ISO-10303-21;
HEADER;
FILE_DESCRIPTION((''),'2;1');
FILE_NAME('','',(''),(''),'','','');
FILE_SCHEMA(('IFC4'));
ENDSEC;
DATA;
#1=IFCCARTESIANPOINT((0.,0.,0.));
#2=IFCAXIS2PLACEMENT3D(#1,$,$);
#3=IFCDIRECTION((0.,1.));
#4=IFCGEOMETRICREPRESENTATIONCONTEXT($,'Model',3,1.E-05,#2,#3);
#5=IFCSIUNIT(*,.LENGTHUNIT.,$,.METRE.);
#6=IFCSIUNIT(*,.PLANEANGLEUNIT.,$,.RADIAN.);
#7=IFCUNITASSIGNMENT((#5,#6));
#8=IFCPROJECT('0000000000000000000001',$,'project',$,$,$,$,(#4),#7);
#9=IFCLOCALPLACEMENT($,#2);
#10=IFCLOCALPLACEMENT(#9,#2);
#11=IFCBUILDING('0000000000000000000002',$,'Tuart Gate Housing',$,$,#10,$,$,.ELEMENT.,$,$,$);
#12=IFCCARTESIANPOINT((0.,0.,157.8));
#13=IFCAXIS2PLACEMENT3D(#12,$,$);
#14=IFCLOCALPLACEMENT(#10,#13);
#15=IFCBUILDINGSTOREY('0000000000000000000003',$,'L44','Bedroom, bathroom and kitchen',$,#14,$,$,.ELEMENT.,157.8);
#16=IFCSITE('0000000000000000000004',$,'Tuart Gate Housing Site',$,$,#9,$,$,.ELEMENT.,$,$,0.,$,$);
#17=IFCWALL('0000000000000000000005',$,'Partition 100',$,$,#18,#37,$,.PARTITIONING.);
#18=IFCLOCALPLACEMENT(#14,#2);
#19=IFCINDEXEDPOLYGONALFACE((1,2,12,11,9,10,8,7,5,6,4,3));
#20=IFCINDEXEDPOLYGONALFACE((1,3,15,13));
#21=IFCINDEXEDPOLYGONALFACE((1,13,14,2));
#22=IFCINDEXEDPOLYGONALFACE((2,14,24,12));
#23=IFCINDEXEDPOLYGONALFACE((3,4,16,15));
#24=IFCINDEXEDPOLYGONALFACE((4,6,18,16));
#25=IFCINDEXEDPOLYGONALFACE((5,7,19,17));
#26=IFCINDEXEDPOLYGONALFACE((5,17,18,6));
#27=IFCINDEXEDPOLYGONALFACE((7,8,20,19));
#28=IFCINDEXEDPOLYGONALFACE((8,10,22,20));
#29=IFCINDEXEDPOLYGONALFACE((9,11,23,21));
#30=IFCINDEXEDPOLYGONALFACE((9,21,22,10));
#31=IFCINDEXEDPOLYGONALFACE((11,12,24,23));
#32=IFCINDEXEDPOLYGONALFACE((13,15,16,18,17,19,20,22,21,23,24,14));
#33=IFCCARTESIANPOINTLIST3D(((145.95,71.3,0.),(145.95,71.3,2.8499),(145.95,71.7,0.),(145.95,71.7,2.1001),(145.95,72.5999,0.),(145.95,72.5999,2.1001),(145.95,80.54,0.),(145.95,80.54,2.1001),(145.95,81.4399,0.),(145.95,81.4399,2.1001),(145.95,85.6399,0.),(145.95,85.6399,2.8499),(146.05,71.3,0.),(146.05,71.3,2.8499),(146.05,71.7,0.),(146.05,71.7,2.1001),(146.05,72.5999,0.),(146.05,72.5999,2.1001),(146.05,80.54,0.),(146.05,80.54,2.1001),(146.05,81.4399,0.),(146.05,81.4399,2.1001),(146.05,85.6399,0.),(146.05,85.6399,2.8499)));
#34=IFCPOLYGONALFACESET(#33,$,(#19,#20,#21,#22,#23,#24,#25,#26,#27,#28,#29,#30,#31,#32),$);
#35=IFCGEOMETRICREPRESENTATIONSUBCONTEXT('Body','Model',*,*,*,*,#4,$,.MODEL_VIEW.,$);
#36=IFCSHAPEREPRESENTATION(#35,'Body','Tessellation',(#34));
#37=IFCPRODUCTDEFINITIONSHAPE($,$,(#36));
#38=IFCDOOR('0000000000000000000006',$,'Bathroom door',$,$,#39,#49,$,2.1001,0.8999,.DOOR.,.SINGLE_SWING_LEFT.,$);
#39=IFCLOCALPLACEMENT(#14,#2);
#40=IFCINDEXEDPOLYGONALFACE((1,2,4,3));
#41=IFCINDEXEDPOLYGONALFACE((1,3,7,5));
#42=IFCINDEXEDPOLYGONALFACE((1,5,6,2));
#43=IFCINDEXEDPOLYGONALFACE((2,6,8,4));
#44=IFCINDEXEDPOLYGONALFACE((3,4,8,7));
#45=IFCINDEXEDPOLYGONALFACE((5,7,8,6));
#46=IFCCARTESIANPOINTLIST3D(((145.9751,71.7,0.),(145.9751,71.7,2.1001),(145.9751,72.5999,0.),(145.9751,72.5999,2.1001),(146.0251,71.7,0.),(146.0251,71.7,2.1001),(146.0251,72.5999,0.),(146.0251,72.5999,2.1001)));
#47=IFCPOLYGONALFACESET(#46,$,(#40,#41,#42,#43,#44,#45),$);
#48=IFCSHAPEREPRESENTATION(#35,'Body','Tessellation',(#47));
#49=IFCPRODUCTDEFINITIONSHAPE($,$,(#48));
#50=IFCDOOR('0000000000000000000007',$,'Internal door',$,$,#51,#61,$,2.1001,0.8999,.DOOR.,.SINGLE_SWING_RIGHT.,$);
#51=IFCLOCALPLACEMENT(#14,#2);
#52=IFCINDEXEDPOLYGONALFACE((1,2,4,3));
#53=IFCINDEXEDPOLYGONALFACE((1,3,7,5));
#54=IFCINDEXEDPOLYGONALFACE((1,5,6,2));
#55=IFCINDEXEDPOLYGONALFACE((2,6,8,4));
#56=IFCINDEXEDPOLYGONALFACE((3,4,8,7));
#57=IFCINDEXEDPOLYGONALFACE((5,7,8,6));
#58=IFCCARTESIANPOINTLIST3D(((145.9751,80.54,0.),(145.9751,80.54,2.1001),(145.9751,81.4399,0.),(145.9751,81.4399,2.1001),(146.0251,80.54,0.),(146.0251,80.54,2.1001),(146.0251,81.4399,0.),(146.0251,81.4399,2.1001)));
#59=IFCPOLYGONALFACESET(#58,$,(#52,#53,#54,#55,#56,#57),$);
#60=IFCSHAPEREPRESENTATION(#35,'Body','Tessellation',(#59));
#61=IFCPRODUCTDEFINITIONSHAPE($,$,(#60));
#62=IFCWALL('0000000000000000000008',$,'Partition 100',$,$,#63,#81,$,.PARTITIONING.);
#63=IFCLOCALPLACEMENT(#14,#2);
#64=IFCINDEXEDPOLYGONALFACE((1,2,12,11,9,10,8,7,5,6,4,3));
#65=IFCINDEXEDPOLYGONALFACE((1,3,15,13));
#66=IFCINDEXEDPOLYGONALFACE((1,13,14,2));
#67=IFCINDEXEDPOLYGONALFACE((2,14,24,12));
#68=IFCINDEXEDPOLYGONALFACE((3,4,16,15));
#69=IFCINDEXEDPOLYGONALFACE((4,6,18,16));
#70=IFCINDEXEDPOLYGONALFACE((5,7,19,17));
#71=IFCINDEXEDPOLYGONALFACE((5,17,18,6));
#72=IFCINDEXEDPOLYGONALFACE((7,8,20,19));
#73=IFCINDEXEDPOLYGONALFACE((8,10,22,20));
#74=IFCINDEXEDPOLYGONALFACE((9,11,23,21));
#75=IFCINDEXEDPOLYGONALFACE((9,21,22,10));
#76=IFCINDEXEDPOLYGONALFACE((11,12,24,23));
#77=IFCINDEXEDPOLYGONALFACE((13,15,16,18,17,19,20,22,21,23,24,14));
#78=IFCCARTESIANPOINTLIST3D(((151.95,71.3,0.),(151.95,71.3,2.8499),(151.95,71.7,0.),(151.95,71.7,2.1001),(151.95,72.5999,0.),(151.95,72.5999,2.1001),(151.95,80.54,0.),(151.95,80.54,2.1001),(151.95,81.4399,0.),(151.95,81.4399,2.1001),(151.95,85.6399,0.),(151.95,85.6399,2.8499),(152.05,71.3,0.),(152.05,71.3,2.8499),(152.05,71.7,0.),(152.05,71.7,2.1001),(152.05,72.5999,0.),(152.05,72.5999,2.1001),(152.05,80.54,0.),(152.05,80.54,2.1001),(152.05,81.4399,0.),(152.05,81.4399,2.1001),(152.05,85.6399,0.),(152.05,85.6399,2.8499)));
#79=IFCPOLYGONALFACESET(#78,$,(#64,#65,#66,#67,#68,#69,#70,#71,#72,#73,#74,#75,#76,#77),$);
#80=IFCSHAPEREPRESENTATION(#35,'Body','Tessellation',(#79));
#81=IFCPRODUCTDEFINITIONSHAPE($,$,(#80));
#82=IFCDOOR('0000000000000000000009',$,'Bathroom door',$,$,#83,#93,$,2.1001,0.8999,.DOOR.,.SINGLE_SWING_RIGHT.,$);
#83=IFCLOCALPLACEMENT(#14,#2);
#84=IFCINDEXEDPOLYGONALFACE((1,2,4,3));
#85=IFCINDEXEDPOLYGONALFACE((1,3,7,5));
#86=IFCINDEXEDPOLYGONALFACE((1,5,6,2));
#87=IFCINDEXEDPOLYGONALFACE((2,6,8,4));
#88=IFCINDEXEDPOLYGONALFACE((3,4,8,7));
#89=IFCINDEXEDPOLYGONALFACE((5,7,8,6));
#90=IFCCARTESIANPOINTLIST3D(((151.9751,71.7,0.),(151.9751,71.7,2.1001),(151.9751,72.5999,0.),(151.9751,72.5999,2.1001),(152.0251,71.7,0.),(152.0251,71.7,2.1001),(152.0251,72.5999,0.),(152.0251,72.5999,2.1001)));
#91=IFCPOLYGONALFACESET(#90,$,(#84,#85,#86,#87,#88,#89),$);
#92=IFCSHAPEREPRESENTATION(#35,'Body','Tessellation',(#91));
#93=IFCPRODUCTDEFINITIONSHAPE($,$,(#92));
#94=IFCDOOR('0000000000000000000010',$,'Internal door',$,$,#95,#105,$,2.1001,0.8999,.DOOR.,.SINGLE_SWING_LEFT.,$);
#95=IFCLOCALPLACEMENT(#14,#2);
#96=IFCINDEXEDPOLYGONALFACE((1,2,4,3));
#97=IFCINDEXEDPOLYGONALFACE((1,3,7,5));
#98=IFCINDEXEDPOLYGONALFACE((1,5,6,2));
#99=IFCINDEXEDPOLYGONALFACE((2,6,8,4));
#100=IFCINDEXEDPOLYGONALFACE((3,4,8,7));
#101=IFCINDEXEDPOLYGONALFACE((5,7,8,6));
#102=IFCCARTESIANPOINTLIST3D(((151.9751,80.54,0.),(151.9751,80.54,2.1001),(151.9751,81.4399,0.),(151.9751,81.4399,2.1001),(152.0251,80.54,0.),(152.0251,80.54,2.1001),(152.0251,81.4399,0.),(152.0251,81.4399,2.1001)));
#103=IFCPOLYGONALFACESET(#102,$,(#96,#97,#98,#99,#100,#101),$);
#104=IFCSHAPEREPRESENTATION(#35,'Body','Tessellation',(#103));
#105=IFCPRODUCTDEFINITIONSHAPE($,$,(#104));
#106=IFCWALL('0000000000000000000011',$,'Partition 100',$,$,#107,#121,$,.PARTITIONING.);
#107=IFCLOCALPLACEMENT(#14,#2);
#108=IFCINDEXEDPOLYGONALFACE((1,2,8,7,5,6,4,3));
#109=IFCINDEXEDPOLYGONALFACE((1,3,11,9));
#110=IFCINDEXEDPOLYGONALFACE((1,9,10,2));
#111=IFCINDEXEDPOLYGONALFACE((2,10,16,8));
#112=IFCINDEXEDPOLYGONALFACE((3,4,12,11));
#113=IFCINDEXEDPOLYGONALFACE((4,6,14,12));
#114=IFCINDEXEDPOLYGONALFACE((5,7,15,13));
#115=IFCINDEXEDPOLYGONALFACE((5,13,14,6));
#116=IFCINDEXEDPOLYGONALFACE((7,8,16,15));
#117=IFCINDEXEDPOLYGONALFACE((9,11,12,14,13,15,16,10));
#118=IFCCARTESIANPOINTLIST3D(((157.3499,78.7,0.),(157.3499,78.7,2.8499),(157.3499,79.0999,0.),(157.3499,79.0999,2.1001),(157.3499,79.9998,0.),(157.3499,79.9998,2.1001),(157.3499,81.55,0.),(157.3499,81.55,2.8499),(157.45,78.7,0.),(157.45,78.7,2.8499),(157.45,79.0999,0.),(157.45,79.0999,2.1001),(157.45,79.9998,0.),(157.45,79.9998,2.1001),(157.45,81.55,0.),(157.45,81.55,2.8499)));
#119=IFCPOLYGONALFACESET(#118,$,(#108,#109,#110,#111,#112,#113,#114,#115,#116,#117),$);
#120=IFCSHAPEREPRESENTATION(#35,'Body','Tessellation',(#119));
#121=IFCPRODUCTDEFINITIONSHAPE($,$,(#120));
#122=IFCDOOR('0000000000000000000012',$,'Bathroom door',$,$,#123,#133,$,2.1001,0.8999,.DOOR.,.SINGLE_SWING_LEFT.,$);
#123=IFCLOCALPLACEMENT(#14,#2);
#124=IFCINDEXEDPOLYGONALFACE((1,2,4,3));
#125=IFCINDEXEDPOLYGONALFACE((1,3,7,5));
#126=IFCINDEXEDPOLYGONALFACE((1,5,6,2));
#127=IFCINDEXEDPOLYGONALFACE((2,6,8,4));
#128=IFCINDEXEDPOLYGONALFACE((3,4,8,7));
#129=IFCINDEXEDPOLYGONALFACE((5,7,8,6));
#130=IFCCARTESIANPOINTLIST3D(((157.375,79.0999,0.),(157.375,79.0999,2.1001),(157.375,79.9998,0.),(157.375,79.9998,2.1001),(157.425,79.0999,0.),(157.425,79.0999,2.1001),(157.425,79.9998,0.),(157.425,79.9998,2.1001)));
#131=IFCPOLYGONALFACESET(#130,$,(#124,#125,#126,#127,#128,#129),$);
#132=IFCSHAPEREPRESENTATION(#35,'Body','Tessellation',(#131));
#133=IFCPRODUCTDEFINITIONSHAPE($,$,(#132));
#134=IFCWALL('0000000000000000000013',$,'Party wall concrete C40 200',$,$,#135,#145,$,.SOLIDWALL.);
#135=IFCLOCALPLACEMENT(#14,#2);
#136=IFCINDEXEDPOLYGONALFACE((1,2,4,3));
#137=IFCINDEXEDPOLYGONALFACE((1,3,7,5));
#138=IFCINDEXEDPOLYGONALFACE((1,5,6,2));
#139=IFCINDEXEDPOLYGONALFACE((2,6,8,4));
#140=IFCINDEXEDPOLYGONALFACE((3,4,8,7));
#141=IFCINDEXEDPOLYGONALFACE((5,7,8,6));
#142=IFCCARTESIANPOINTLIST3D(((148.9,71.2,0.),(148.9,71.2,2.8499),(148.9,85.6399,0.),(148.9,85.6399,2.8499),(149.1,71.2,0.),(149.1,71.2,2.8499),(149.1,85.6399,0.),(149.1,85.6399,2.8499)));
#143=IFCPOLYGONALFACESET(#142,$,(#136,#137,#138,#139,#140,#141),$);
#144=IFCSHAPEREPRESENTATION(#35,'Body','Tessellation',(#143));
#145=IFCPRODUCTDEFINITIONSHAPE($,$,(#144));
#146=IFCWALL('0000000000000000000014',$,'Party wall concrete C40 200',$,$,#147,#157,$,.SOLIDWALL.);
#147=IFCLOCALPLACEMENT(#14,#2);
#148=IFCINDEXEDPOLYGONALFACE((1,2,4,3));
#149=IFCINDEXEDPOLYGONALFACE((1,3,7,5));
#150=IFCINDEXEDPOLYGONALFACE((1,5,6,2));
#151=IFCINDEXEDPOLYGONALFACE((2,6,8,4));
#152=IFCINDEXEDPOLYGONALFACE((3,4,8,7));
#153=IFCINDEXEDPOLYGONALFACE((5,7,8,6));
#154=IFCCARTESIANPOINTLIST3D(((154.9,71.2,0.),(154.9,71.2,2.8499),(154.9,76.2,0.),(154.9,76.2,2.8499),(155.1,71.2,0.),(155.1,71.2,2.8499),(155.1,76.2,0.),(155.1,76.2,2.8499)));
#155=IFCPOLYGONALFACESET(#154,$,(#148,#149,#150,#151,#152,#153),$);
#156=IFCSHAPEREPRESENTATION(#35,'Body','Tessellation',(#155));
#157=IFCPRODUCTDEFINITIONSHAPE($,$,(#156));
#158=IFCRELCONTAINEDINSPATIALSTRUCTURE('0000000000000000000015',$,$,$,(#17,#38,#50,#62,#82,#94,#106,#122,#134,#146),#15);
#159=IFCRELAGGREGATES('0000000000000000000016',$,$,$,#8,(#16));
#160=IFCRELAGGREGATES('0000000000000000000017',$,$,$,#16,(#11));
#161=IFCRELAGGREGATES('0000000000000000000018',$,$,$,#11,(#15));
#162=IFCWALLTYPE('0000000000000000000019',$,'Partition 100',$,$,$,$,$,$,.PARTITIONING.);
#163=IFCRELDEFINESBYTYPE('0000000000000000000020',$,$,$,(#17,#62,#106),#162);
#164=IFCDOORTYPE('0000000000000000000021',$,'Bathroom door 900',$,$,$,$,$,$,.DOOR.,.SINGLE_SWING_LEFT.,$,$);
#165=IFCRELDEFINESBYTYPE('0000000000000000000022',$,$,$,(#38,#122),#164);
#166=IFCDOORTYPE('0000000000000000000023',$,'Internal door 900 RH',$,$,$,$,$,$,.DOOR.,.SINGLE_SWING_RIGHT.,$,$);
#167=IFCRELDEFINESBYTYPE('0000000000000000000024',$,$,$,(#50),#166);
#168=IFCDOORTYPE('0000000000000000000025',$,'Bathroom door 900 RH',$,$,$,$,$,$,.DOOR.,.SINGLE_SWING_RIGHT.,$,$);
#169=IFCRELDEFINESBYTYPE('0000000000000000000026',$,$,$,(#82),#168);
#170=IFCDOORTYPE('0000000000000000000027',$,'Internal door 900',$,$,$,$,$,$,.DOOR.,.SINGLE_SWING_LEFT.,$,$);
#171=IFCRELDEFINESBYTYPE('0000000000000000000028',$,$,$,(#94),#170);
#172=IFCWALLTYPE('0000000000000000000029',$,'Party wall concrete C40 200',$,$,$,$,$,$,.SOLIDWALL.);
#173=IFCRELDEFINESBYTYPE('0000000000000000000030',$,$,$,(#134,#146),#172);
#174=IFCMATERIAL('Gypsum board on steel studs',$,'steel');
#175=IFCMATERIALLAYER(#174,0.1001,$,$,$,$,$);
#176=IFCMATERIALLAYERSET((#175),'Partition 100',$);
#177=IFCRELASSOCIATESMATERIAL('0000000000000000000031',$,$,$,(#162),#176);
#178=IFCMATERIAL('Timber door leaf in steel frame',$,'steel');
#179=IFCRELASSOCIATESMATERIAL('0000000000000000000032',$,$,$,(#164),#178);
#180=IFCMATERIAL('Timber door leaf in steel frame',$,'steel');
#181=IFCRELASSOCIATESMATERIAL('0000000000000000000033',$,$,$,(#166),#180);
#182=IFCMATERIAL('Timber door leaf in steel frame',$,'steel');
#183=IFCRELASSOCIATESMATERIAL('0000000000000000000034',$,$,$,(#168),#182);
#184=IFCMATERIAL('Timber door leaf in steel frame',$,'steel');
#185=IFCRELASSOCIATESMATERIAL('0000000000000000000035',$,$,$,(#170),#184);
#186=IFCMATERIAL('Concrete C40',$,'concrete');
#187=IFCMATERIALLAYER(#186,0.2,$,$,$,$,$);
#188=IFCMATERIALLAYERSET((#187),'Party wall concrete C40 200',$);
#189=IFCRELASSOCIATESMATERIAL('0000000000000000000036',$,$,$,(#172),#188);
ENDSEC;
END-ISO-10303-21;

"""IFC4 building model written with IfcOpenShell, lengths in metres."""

from ifc_helpers import new_model, si_unit, direction, frame, frame_2d, origin, place, context, subcontext, project, spatial, rectangle, extrude, material, layer, layer_set, type_object, element, fill, save


model = new_model("IFC4")

# Units and contexts
model_context = context("Model", 3, precision=1e-05, world=origin(), true_north=direction((0.0, 1.0)))
body_context = subcontext(model_context, "Body", "Model", "MODEL_VIEW")
ifc_project = project(units=[si_unit("LENGTHUNIT", "METRE"), si_unit("PLANEANGLEUNIT", "RADIAN")], contexts=[model_context])

# Site, building, storey
site_placement = place(None, origin())
site = spatial("IfcSite", under=ifc_project, at=site_placement, Name="Tuart Gate Housing Site", CompositionType="ELEMENT", RefElevation=0.0)
building_placement = place(site_placement, origin())
building = spatial("IfcBuilding", under=site, at=building_placement, Name="Tuart Gate Housing", CompositionType="ELEMENT")
storey_placement = place(building_placement, frame((0.0, 0.0, 157.8)))
storey = spatial("IfcBuildingStorey", under=building, at=storey_placement, Name="L44", Description="Bedroom, bathroom and kitchen", CompositionType="ELEMENT", Elevation=157.8)

# Shared definitions
ifc_material_1 = material(Name="Gypsum board on steel studs", Category="steel")
ifc_layer_1 = layer(ifc_material_1, 0.1001)
ifc_layer_set_1 = layer_set([ifc_layer_1], Name="Partition 100")
wall_type_1 = type_object("IfcWallType", Name="Partition 100", PredefinedType="PARTITIONING", material=ifc_layer_set_1)

# Walls, openings, doors
wall_1_placement = place(storey_placement, frame((146.0, 71.3, 0.0), z_axis=(0.0, 0.0, 1.0), x_axis=(0.0, 1.0, 0.0)))
wall_1 = element("IfcWall", 1, at=wall_1_placement, inside=storey, type_object=wall_type_1, Name="Partition 100", PredefinedType="PARTITIONING", context=body_context, shape_type="SweptSolid", body=[
    extrude(rectangle(XDim=14.3398, YDim=0.1001, at=frame_2d((7.1699, 0.0))), origin(), (0.0, 0.0, 1.0), 2.8499),
])
opening_1_placement = place(wall_1_placement, frame((9.24, 0.0, 0.0)))
opening_1 = element("IfcOpeningElement", 2, at=opening_1_placement, cuts=wall_1, PredefinedType="OPENING", context=body_context, shape_type="SweptSolid", body=[
    extrude(rectangle(XDim=0.8999, YDim=2.1001, at=frame_2d((0.45, 1.05))), frame((0.0, 0.0601, 0.0), z_axis=(0.0, -1.0, 0.0), x_axis=(1.0, 0.0, 0.0)), (0.0, 0.0, 1.0), 0.1201),
])
opening_2_placement = place(wall_1_placement, frame((0.3999, 0.0, 0.0)))
opening_2 = element("IfcOpeningElement", 3, at=opening_2_placement, cuts=wall_1, PredefinedType="OPENING", context=body_context, shape_type="SweptSolid", body=[
    extrude(rectangle(XDim=0.8999, YDim=2.1001, at=frame_2d((0.45, 1.05))), frame((0.0, 0.0601, 0.0), z_axis=(0.0, -1.0, 0.0), x_axis=(1.0, 0.0, 0.0)), (0.0, 0.0, 1.0), 0.1201),
])
ifc_material_2 = material(Name="Timber door leaf in steel frame", Category="steel")
door_type_1 = type_object("IfcDoorType", Name="Bathroom door 900", OperationType="SINGLE_SWING_LEFT", PredefinedType="DOOR", material=ifc_material_2)
door_1_placement = place(opening_2_placement, origin())
door_1 = element("IfcDoor", 4, at=door_1_placement, inside=storey, type_object=door_type_1, Name="Bathroom door", OperationType="SINGLE_SWING_LEFT", OverallHeight=2.1001, OverallWidth=0.8999, PredefinedType="DOOR", context=body_context, shape_type="SweptSolid", body=[
    extrude(rectangle(XDim=0.8999, YDim=2.1001, at=frame_2d((0.45, 1.05))), frame((0.0, 0.0249, 0.0), z_axis=(0.0, -1.0, 0.0), x_axis=(1.0, 0.0, 0.0)), (0.0, 0.0, 1.0), 0.05),
])
fill(opening_2, door_1)
ifc_material_3 = material(Name="Timber door leaf in steel frame", Category="steel")
door_type_2 = type_object("IfcDoorType", Name="Internal door 900 RH", OperationType="SINGLE_SWING_RIGHT", PredefinedType="DOOR", material=ifc_material_3)
door_2_placement = place(opening_1_placement, origin())
door_2 = element("IfcDoor", 5, at=door_2_placement, inside=storey, type_object=door_type_2, Name="Internal door", OperationType="SINGLE_SWING_RIGHT", OverallHeight=2.1001, OverallWidth=0.8999, PredefinedType="DOOR", context=body_context, shape_type="SweptSolid", body=[
    extrude(rectangle(XDim=0.8999, YDim=2.1001, at=frame_2d((0.45, 1.05))), frame((0.0, 0.0249, 0.0), z_axis=(0.0, -1.0, 0.0), x_axis=(1.0, 0.0, 0.0)), (0.0, 0.0, 1.0), 0.05),
])
fill(opening_1, door_2)
wall_2_placement = place(storey_placement, frame((152.0, 71.3, 0.0), z_axis=(0.0, 0.0, 1.0), x_axis=(0.0, 1.0, 0.0)))
wall_2 = element("IfcWall", 6, at=wall_2_placement, inside=storey, type_object=wall_type_1, Name="Partition 100", PredefinedType="PARTITIONING", context=body_context, shape_type="SweptSolid", body=[
    extrude(rectangle(XDim=14.3398, YDim=0.1001, at=frame_2d((7.1699, 0.0))), origin(), (0.0, 0.0, 1.0), 2.8499),
])
opening_3_placement = place(wall_2_placement, frame((9.24, 0.0, 0.0)))
opening_3 = element("IfcOpeningElement", 7, at=opening_3_placement, cuts=wall_2, PredefinedType="OPENING", context=body_context, shape_type="SweptSolid", body=[
    extrude(rectangle(XDim=0.8999, YDim=2.1001, at=frame_2d((0.45, 1.05))), frame((0.0, 0.0601, 0.0), z_axis=(0.0, -1.0, 0.0), x_axis=(1.0, 0.0, 0.0)), (0.0, 0.0, 1.0), 0.1201),
])
opening_4_placement = place(wall_2_placement, frame((0.3999, 0.0, 0.0)))
opening_4 = element("IfcOpeningElement", 8, at=opening_4_placement, cuts=wall_2, PredefinedType="OPENING", context=body_context, shape_type="SweptSolid", body=[
    extrude(rectangle(XDim=0.8999, YDim=2.1001, at=frame_2d((0.45, 1.05))), frame((0.0, 0.0601, 0.0), z_axis=(0.0, -1.0, 0.0), x_axis=(1.0, 0.0, 0.0)), (0.0, 0.0, 1.0), 0.1201),
])
ifc_material_4 = material(Name="Timber door leaf in steel frame", Category="steel")
door_type_3 = type_object("IfcDoorType", Name="Bathroom door 900 RH", OperationType="SINGLE_SWING_RIGHT", PredefinedType="DOOR", material=ifc_material_4)
door_3_placement = place(opening_4_placement, frame((0.8999, 0.0, 0.0), z_axis=(0.0, 0.0, 1.0), x_axis=(-1.0, 0.0, 0.0)))
door_3 = element("IfcDoor", 9, at=door_3_placement, inside=storey, type_object=door_type_3, Name="Bathroom door", OperationType="SINGLE_SWING_RIGHT", OverallHeight=2.1001, OverallWidth=0.8999, PredefinedType="DOOR", context=body_context, shape_type="SweptSolid", body=[
    extrude(rectangle(XDim=0.8999, YDim=2.1001, at=frame_2d((0.45, 1.05))), frame((0.0, 0.0251, 0.0), z_axis=(0.0, -1.0, 0.0), x_axis=(1.0, 0.0, 0.0)), (0.0, 0.0, 1.0), 0.05),
])
fill(opening_4, door_3)
ifc_material_5 = material(Name="Timber door leaf in steel frame", Category="steel")
door_type_4 = type_object("IfcDoorType", Name="Internal door 900", OperationType="SINGLE_SWING_LEFT", PredefinedType="DOOR", material=ifc_material_5)
door_4_placement = place(opening_3_placement, frame((0.8999, 0.0, 0.0), z_axis=(0.0, 0.0, 1.0), x_axis=(-1.0, 0.0, 0.0)))
door_4 = element("IfcDoor", 10, at=door_4_placement, inside=storey, type_object=door_type_4, Name="Internal door", OperationType="SINGLE_SWING_LEFT", OverallHeight=2.1001, OverallWidth=0.8999, PredefinedType="DOOR", context=body_context, shape_type="SweptSolid", body=[
    extrude(rectangle(XDim=0.8999, YDim=2.1001, at=frame_2d((0.45, 1.05))), frame((0.0, 0.0251, 0.0), z_axis=(0.0, -1.0, 0.0), x_axis=(1.0, 0.0, 0.0)), (0.0, 0.0, 1.0), 0.05),
])
fill(opening_3, door_4)

# Wall, opening, door
wall_3_placement = place(storey_placement, frame((157.3999, 78.7, 0.0), z_axis=(0.0, 0.0, 1.0), x_axis=(0.0, 1.0, 0.0)))
wall_3 = element("IfcWall", 11, at=wall_3_placement, inside=storey, type_object=wall_type_1, Name="Partition 100", PredefinedType="PARTITIONING", context=body_context, shape_type="SweptSolid", body=[
    extrude(rectangle(XDim=2.8501, YDim=0.1001, at=frame_2d((1.425, 0.0))), origin(), (0.0, 0.0, 1.0), 2.8499),
])
opening_5_placement = place(wall_3_placement, frame((0.3999, 0.0, 0.0)))
opening_5 = element("IfcOpeningElement", 12, at=opening_5_placement, cuts=wall_3, PredefinedType="OPENING", context=body_context, shape_type="SweptSolid", body=[
    extrude(rectangle(XDim=0.8999, YDim=2.1001, at=frame_2d((0.45, 1.05))), frame((0.0, 0.0601, 0.0), z_axis=(0.0, -1.0, 0.0), x_axis=(1.0, 0.0, 0.0)), (0.0, 0.0, 1.0), 0.1201),
])
door_5_placement = place(opening_5_placement, origin())
door_5 = element("IfcDoor", 13, at=door_5_placement, inside=storey, type_object=door_type_1, Name="Bathroom door", OperationType="SINGLE_SWING_LEFT", OverallHeight=2.1001, OverallWidth=0.8999, PredefinedType="DOOR", context=body_context, shape_type="SweptSolid", body=[
    extrude(rectangle(XDim=0.8999, YDim=2.1001, at=frame_2d((0.45, 1.05))), frame((0.0, 0.0249, 0.0), z_axis=(0.0, -1.0, 0.0), x_axis=(1.0, 0.0, 0.0)), (0.0, 0.0, 1.0), 0.05),
])
fill(opening_5, door_5)

# Walls
ifc_material_6 = material(Name="Concrete C40", Category="concrete")
ifc_layer_2 = layer(ifc_material_6, 0.2)
ifc_layer_set_2 = layer_set([ifc_layer_2], Name="Party wall concrete C40 200")
wall_type_2 = type_object("IfcWallType", Name="Party wall concrete C40 200", PredefinedType="SOLIDWALL", material=ifc_layer_set_2)
wall_4_placement = place(storey_placement, frame((149.0, 71.2, 0.0), z_axis=(0.0, 0.0, 1.0), x_axis=(0.0, 1.0, 0.0)))
element("IfcWall", 14, at=wall_4_placement, inside=storey, type_object=wall_type_2, Name="Party wall concrete C40 200", PredefinedType="SOLIDWALL", context=body_context, shape_type="SweptSolid", body=[
    extrude(rectangle(XDim=14.4399, YDim=0.2, at=frame_2d((7.22, 0.0))), origin(), (0.0, 0.0, 1.0), 2.8499),
])
wall_5_placement = place(storey_placement, frame((155.0, 71.2, 0.0), z_axis=(0.0, 0.0, 1.0), x_axis=(0.0, 1.0, 0.0)))
element("IfcWall", 15, at=wall_5_placement, inside=storey, type_object=wall_type_2, Name="Party wall concrete C40 200", PredefinedType="SOLIDWALL", context=body_context, shape_type="SweptSolid", body=[
    extrude(rectangle(XDim=5.0, YDim=0.2, at=frame_2d((2.5, 0.0))), origin(), (0.0, 0.0, 1.0), 2.8499),
])

save(model, "model.ifc")
